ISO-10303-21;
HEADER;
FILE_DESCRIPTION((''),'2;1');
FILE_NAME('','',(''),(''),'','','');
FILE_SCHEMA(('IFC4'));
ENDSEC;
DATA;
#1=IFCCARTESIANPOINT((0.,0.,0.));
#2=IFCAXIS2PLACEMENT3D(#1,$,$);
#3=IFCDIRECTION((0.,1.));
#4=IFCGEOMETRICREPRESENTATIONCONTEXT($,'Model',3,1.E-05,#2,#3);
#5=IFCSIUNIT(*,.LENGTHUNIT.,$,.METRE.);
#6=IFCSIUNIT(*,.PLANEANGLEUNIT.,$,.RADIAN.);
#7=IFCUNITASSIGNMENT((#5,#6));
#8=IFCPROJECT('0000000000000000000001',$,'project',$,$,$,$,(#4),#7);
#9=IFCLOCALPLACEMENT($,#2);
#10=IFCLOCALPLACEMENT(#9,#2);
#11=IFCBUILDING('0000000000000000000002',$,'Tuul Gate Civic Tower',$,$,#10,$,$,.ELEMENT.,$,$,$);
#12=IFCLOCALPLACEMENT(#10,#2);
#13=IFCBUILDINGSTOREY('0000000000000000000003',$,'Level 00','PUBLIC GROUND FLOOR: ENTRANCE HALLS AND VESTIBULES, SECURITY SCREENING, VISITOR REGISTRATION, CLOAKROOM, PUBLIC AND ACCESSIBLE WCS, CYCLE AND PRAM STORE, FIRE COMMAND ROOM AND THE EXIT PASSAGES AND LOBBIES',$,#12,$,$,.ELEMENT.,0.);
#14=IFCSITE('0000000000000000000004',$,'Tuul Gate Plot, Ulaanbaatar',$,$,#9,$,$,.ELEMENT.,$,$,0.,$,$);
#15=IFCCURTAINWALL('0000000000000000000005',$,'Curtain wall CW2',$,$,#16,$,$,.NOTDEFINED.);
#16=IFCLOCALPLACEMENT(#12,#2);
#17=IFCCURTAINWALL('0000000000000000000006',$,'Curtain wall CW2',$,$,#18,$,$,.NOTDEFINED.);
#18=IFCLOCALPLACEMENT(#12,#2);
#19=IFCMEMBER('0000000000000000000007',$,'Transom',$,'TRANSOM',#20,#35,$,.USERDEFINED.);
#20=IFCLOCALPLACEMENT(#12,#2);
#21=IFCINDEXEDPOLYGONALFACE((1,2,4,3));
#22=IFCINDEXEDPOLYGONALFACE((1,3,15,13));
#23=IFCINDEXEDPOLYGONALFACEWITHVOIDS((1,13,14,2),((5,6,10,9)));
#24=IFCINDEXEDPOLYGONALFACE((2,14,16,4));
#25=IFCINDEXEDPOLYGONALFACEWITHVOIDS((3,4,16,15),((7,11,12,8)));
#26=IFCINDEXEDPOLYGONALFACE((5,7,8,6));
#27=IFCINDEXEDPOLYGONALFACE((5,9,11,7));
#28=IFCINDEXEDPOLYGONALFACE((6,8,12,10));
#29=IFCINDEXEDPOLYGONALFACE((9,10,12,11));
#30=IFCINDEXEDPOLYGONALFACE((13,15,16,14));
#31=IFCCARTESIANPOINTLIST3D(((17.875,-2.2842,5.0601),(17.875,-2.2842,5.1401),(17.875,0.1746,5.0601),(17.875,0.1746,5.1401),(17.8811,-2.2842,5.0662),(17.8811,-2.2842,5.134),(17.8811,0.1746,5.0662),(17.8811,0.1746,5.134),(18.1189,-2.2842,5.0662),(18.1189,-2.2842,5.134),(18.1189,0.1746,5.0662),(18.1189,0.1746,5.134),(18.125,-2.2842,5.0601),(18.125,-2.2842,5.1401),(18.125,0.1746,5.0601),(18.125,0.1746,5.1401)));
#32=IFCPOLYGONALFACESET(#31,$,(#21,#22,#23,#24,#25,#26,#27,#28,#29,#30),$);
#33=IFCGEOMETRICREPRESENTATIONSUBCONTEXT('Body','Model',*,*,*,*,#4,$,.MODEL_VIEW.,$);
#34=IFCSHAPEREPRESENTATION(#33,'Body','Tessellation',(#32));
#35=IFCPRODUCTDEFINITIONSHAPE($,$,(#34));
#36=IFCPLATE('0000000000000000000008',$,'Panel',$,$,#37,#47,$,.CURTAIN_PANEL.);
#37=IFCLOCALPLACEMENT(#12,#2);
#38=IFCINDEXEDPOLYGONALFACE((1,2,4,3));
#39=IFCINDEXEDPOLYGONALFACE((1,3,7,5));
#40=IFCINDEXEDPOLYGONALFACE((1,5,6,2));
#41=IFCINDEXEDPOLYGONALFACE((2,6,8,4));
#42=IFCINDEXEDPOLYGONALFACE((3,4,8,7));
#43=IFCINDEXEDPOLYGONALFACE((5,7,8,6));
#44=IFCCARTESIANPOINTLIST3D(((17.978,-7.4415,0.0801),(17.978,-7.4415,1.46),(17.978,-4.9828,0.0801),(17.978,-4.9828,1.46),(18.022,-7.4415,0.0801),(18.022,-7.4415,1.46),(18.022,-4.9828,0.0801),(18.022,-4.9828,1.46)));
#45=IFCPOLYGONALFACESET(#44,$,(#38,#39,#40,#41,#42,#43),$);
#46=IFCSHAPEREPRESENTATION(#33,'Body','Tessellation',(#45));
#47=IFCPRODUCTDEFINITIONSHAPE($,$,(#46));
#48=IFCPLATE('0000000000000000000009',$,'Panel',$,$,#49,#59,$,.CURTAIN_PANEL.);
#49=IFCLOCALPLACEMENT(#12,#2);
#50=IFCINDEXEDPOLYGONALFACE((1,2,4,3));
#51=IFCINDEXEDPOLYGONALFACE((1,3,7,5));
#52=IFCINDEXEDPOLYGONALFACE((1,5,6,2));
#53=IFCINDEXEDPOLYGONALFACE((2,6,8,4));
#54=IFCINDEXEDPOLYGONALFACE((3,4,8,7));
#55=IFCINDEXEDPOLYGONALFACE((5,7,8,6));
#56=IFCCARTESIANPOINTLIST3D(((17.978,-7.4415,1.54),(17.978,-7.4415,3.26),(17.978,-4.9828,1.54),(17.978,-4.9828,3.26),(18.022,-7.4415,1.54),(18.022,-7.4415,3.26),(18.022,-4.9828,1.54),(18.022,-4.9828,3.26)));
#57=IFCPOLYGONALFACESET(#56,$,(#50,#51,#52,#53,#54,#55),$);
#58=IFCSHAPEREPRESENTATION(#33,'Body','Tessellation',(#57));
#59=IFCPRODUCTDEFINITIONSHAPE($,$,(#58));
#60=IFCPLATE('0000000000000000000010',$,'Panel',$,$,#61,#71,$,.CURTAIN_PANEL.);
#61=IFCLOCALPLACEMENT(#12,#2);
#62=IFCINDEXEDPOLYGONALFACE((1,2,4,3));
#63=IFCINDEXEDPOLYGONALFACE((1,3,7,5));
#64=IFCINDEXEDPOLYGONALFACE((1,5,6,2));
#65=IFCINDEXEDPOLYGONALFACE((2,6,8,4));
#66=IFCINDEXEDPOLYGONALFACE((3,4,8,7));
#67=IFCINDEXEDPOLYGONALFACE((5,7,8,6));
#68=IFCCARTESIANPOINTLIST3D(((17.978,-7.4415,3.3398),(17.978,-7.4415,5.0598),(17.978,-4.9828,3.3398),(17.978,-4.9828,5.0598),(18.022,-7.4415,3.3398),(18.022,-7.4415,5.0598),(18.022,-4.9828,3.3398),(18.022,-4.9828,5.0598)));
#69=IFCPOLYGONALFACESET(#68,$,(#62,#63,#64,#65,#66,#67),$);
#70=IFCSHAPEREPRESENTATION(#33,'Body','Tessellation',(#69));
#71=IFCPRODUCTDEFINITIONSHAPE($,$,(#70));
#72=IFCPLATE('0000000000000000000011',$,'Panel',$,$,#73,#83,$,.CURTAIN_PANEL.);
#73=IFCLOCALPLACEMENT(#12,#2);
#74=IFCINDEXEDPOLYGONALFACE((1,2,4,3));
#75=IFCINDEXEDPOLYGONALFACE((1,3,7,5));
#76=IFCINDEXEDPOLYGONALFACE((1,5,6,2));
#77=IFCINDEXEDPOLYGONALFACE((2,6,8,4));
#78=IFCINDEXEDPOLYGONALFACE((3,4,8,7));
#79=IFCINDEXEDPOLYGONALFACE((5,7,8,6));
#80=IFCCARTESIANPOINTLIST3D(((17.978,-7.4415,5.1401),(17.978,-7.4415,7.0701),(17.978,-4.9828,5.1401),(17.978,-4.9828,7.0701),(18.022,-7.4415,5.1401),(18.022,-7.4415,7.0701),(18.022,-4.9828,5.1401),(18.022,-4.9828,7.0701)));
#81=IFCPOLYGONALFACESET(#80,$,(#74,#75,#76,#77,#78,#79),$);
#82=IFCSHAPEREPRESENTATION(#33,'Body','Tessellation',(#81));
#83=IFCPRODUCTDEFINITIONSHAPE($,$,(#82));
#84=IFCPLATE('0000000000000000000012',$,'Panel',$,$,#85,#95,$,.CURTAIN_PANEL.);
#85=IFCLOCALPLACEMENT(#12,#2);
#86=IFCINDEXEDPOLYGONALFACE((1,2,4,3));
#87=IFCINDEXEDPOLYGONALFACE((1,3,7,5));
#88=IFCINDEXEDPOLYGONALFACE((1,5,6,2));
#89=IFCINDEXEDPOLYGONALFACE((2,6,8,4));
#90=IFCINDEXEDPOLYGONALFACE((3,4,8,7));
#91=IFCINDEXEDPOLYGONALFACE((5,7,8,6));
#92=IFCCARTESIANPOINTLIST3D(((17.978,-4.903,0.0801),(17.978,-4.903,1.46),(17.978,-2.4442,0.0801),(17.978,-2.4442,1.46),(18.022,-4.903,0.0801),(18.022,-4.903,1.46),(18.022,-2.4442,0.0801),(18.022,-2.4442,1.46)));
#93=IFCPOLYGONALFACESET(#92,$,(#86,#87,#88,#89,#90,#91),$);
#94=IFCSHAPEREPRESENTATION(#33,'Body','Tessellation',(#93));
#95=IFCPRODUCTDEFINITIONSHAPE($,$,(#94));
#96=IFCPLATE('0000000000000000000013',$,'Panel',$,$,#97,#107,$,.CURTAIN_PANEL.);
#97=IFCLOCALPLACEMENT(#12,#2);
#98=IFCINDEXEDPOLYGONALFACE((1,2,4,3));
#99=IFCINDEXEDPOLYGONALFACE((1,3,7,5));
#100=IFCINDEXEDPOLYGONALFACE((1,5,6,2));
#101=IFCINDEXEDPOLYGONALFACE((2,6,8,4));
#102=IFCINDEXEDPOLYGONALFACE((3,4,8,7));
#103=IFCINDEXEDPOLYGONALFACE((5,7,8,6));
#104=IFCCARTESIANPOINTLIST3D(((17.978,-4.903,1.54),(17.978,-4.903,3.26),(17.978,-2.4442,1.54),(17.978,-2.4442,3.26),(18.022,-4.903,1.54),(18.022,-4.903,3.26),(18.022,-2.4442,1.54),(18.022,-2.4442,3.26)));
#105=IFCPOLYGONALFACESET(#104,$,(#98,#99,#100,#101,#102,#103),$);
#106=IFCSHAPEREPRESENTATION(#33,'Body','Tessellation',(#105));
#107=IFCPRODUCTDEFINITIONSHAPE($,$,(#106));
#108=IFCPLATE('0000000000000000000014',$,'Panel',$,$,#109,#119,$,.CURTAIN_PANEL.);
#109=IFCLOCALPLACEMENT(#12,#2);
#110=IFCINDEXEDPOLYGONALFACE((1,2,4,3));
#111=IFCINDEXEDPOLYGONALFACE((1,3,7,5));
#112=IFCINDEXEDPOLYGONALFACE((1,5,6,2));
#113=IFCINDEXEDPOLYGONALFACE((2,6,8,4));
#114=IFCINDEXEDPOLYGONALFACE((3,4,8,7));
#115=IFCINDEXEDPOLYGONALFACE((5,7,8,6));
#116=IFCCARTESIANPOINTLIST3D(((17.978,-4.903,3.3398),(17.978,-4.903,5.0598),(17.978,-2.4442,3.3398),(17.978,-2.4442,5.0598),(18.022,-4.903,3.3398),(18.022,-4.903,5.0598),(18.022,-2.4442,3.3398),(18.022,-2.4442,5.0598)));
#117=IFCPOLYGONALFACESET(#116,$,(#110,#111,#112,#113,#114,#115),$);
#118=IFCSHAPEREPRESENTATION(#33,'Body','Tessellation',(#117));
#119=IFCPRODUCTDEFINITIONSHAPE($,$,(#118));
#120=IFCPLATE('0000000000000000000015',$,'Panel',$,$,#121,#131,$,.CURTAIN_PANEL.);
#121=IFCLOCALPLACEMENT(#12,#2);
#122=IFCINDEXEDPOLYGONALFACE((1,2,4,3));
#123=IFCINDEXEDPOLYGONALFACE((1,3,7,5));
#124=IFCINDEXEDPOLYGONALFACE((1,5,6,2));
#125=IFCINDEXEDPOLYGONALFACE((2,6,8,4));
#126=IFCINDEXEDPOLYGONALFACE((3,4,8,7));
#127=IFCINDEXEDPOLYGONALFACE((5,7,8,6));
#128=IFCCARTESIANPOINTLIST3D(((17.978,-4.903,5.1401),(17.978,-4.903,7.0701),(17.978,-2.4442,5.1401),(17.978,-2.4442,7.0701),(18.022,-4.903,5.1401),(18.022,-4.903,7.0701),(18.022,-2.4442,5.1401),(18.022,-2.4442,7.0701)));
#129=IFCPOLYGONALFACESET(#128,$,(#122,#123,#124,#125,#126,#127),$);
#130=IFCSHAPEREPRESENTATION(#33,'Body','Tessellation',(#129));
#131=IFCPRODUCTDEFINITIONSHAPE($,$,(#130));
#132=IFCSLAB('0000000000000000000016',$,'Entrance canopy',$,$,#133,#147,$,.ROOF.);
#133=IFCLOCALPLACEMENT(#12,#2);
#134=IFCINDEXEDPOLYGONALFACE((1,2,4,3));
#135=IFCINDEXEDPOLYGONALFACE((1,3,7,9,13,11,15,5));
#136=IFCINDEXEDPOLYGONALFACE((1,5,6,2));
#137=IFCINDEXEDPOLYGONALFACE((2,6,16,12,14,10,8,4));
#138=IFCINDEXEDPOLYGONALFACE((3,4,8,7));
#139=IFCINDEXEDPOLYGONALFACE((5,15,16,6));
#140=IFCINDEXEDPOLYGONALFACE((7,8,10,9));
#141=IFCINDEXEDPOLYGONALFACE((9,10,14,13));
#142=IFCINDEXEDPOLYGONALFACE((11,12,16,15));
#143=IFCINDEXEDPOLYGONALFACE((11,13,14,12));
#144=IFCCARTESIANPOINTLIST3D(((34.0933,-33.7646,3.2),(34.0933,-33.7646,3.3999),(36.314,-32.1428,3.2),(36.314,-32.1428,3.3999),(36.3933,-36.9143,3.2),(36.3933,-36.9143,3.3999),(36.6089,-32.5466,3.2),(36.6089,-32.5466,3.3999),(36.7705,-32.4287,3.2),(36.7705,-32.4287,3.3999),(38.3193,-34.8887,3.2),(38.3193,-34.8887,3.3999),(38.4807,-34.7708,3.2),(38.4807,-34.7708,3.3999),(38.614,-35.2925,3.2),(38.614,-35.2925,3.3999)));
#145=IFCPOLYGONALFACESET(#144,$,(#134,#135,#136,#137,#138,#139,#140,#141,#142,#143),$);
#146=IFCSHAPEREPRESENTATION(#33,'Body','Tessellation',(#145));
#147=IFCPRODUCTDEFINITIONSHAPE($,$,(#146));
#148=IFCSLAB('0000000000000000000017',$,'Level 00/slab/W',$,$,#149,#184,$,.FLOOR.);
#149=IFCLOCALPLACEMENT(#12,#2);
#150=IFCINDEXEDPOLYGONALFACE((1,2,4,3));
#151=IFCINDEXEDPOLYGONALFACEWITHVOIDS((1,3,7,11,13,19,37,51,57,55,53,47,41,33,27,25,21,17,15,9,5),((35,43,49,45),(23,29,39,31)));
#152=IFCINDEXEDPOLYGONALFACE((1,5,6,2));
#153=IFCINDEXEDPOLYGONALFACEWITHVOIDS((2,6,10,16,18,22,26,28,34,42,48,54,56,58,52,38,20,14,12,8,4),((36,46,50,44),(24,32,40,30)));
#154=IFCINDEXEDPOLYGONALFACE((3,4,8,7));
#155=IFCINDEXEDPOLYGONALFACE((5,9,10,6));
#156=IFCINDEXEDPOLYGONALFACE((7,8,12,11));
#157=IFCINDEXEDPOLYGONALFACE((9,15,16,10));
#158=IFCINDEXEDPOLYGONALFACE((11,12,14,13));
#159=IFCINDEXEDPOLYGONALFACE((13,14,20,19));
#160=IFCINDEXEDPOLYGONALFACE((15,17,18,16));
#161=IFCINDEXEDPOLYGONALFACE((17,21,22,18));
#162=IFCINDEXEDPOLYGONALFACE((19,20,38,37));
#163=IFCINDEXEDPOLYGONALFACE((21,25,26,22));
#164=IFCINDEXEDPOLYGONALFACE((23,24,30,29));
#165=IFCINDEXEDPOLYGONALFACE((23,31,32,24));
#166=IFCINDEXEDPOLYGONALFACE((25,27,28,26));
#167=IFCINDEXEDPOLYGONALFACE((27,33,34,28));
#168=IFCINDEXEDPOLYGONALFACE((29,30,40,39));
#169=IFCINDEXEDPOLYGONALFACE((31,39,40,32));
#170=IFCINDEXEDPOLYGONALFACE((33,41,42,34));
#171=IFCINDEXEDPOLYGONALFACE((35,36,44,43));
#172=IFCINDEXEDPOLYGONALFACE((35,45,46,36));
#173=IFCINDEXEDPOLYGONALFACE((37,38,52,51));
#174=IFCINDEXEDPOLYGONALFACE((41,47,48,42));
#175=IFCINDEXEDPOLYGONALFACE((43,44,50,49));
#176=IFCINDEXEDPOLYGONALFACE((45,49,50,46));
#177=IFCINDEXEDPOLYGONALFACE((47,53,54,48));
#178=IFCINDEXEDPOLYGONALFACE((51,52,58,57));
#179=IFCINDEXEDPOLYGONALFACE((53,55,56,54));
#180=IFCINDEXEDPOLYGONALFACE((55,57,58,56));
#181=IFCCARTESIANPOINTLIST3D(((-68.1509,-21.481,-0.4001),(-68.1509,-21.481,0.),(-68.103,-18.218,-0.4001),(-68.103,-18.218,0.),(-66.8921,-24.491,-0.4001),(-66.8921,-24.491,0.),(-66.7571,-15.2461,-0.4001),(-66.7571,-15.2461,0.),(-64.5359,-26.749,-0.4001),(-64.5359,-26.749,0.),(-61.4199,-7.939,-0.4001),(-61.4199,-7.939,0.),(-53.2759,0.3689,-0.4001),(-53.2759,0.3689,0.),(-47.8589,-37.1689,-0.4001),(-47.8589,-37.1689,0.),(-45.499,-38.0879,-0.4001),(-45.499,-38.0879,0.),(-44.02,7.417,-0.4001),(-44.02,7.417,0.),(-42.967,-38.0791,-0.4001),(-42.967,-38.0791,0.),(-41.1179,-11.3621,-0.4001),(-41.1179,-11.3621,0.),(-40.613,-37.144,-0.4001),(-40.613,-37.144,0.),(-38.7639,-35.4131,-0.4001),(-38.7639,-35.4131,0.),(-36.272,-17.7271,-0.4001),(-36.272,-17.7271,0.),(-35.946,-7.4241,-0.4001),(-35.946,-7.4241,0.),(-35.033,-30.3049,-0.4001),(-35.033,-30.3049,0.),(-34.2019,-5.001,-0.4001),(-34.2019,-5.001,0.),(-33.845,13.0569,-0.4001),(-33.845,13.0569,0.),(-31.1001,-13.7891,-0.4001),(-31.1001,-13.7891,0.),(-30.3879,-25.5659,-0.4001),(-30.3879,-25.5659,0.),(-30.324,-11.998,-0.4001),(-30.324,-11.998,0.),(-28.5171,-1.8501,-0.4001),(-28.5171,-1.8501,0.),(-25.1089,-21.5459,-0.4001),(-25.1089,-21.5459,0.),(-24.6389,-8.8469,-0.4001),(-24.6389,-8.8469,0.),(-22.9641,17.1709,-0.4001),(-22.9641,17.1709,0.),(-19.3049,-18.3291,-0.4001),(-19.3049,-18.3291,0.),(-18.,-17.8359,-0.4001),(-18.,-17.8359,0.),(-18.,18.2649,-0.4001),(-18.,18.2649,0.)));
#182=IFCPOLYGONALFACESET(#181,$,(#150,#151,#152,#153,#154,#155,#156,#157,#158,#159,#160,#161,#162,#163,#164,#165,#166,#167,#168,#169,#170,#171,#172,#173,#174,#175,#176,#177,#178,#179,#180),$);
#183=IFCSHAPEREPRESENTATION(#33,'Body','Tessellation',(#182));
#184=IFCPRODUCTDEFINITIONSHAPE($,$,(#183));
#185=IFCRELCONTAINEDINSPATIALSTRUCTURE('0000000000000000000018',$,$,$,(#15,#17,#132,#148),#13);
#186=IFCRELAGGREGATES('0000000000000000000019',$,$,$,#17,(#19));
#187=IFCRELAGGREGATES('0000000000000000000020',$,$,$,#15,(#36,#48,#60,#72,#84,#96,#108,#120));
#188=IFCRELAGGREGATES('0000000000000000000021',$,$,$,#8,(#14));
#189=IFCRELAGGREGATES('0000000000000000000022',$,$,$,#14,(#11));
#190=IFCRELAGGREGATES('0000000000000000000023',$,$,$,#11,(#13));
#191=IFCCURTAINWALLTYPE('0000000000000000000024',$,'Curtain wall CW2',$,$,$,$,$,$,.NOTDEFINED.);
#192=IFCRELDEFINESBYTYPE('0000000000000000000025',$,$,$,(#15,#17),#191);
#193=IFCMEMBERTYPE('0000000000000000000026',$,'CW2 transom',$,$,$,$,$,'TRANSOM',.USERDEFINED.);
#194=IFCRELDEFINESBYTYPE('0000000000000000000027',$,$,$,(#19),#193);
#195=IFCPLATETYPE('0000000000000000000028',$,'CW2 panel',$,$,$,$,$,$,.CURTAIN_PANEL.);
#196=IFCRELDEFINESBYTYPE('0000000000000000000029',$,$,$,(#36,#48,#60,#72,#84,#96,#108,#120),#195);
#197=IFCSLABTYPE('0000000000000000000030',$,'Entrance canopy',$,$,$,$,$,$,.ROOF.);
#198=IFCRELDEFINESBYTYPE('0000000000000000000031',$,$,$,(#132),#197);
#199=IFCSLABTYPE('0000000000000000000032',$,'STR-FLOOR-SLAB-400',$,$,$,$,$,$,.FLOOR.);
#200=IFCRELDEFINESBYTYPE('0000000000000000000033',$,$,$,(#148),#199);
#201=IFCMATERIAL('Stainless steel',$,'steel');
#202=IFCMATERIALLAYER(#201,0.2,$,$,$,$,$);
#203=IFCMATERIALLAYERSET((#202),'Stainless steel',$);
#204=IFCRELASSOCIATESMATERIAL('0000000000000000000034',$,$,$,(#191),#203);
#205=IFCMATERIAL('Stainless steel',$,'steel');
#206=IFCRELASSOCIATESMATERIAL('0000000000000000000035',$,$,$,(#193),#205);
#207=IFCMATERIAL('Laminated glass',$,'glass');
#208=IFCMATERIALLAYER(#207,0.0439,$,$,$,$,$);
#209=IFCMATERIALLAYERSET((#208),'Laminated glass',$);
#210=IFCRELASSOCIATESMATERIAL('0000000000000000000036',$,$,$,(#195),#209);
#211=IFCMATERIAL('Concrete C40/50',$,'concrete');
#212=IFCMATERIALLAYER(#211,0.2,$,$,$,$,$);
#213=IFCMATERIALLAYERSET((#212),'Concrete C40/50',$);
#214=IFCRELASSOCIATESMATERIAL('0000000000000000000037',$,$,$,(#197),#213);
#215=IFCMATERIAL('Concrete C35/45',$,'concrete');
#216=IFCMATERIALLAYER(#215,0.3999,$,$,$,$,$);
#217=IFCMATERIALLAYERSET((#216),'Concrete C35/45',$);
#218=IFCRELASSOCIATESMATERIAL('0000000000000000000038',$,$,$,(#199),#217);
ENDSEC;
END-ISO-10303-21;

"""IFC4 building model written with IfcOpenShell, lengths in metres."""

from ifc_helpers import new_model, si_unit, direction, frame, origin, origin_2d, place, context, subcontext, project, spatial, polyline, rectangle, hollow_rectangle, outline, extrude, material, layer, layer_set, material_profile, profile_set, type_object, element, aggregate, save


model = new_model("IFC4")

# Units and contexts
model_context = context("Model", 3, precision=1e-05, world=origin(), true_north=direction((0.0, 1.0)))
body_context = subcontext(model_context, "Body", "Model", "MODEL_VIEW")
ifc_project = project(units=[si_unit("LENGTHUNIT", "METRE"), si_unit("PLANEANGLEUNIT", "RADIAN")], contexts=[model_context])

# Site, building, storey
site_placement = place(None, origin())
site = spatial("IfcSite", under=ifc_project, at=site_placement, Name="Tuul Gate Plot, Ulaanbaatar", CompositionType="ELEMENT", RefElevation=0.0)
building_placement = place(site_placement, origin())
building = spatial("IfcBuilding", under=site, at=building_placement, Name="Tuul Gate Civic Tower", CompositionType="ELEMENT")
storey_placement = place(building_placement, origin())
storey = spatial("IfcBuildingStorey", under=building, at=storey_placement, Name="Level 00", Description="PUBLIC GROUND FLOOR: ENTRANCE HALLS AND VESTIBULES, SECURITY SCREENING, VISITOR REGISTRATION, CLOAKROOM, PUBLIC AND ACCESSIBLE WCS, CYCLE AND PRAM STORE, FIRE COMMAND ROOM AND THE EXIT PASSAGES AND LOBBIES", CompositionType="ELEMENT", Elevation=0.0)

# Curtain wall
ifc_material_1 = material(Name="Stainless steel", Category="steel")
ifc_layer_1 = layer(ifc_material_1, 0.2)
ifc_layer_set_1 = layer_set([ifc_layer_1], Name="Stainless steel")
curtain_wall_type = type_object("IfcCurtainWallType", Name="Curtain wall CW2", PredefinedType="NOTDEFINED", material=ifc_layer_set_1)
curtain_wall_1_placement = place(storey_placement, origin())
curtain_wall_1 = element("IfcCurtainWall", 1, at=curtain_wall_1_placement, inside=storey, type_object=curtain_wall_type, Name="Curtain wall CW2", PredefinedType="NOTDEFINED")

# Curtain wall
curtain_wall_2_placement = place(storey_placement, origin())
curtain_wall_2 = element("IfcCurtainWall", 2, at=curtain_wall_2_placement, inside=storey, type_object=curtain_wall_type, Name="Curtain wall CW2", PredefinedType="NOTDEFINED")

# Member
ifc_material_2 = material(Name="Stainless steel", Category="steel")
ifc_material_profile_1 = material_profile(ifc_material_2, hollow_rectangle(XDim=0.25, YDim=0.0801, WallThickness=0.0061, at=origin_2d()), Name="CW2 transom")
ifc_profile_set_1 = profile_set([ifc_material_profile_1], Name="Stainless steel")
member_type_1 = type_object("IfcMemberType", Name="CW2 transom", ElementType="TRANSOM", PredefinedType="USERDEFINED", material=ifc_profile_set_1)
member_1_placement = place(storey_placement, frame((18.0, -2.2842, 5.1001), z_axis=(0.0, 1.0, 0.0), x_axis=(-1.0, 0.0, 0.0)))
member_1 = element("IfcMember", 3, at=member_1_placement, type_object=member_type_1, Name="Transom", ObjectType="TRANSOM", PredefinedType="USERDEFINED", context=body_context, shape_type="SweptSolid", body=[
    extrude(hollow_rectangle(XDim=0.25, YDim=0.0801, WallThickness=0.0061, at=origin_2d()), origin(), (0.0, 0.0, 1.0), 2.4587),
])
aggregate(curtain_wall_2, [member_1])

# Plates
ifc_material_3 = material(Name="Laminated glass", Category="glass")
ifc_layer_2 = layer(ifc_material_3, 0.0439)
ifc_layer_set_2 = layer_set([ifc_layer_2], Name="Laminated glass")
plate_type = type_object("IfcPlateType", Name="CW2 panel", PredefinedType="CURTAIN_PANEL", material=ifc_layer_set_2)
plate_1_placement = place(storey_placement, frame((18.0, -6.2122, 0.0801), z_axis=(0.0, 0.0, 1.0), x_axis=(0.0, 1.0, 0.0)))
plate_1 = element("IfcPlate", 4, at=plate_1_placement, type_object=plate_type, Name="Panel", PredefinedType="CURTAIN_PANEL", context=body_context, shape_type="SweptSolid", body=[
    extrude(rectangle(XDim=2.4587, YDim=0.0439, at=origin_2d()), origin(), (0.0, 0.0, 1.0), 1.3799),
])
plate_2_placement = place(storey_placement, frame((18.0, -6.2122, 1.54), z_axis=(0.0, 0.0, 1.0), x_axis=(0.0, 1.0, 0.0)))
plate_2 = element("IfcPlate", 5, at=plate_2_placement, type_object=plate_type, Name="Panel", PredefinedType="CURTAIN_PANEL", context=body_context, shape_type="SweptSolid", body=[
    extrude(rectangle(XDim=2.4587, YDim=0.0439, at=origin_2d()), origin(), (0.0, 0.0, 1.0), 1.72),
])
plate_3_placement = place(storey_placement, frame((18.0, -6.2122, 3.3398), z_axis=(0.0, 0.0, 1.0), x_axis=(0.0, 1.0, 0.0)))
plate_3 = element("IfcPlate", 6, at=plate_3_placement, type_object=plate_type, Name="Panel", PredefinedType="CURTAIN_PANEL", context=body_context, shape_type="SweptSolid", body=[
    extrude(rectangle(XDim=2.4587, YDim=0.0439, at=origin_2d()), origin(), (0.0, 0.0, 1.0), 1.72),
])
plate_4_placement = place(storey_placement, frame((18.0, -6.2122, 5.1401), z_axis=(0.0, 0.0, 1.0), x_axis=(0.0, 1.0, 0.0)))
plate_4 = element("IfcPlate", 7, at=plate_4_placement, type_object=plate_type, Name="Panel", PredefinedType="CURTAIN_PANEL", context=body_context, shape_type="SweptSolid", body=[
    extrude(rectangle(XDim=2.4587, YDim=0.0439, at=origin_2d()), origin(), (0.0, 0.0, 1.0), 1.9299),
])
plate_5_placement = place(storey_placement, frame((18.0, -3.6736, 0.0801), z_axis=(0.0, 0.0, 1.0), x_axis=(0.0, 1.0, 0.0)))
plate_5 = element("IfcPlate", 8, at=plate_5_placement, type_object=plate_type, Name="Panel", PredefinedType="CURTAIN_PANEL", context=body_context, shape_type="SweptSolid", body=[
    extrude(rectangle(XDim=2.4587, YDim=0.0439, at=origin_2d()), origin(), (0.0, 0.0, 1.0), 1.3799),
])
plate_6_placement = place(storey_placement, frame((18.0, -3.6736, 1.54), z_axis=(0.0, 0.0, 1.0), x_axis=(0.0, 1.0, 0.0)))
plate_6 = element("IfcPlate", 9, at=plate_6_placement, type_object=plate_type, Name="Panel", PredefinedType="CURTAIN_PANEL", context=body_context, shape_type="SweptSolid", body=[
    extrude(rectangle(XDim=2.4587, YDim=0.0439, at=origin_2d()), origin(), (0.0, 0.0, 1.0), 1.72),
])
plate_7_placement = place(storey_placement, frame((18.0, -3.6736, 3.3398), z_axis=(0.0, 0.0, 1.0), x_axis=(0.0, 1.0, 0.0)))
plate_7 = element("IfcPlate", 10, at=plate_7_placement, type_object=plate_type, Name="Panel", PredefinedType="CURTAIN_PANEL", context=body_context, shape_type="SweptSolid", body=[
    extrude(rectangle(XDim=2.4587, YDim=0.0439, at=origin_2d()), origin(), (0.0, 0.0, 1.0), 1.72),
])
plate_8_placement = place(storey_placement, frame((18.0, -3.6736, 5.1401), z_axis=(0.0, 0.0, 1.0), x_axis=(0.0, 1.0, 0.0)))
plate_8 = element("IfcPlate", 11, at=plate_8_placement, type_object=plate_type, Name="Panel", PredefinedType="CURTAIN_PANEL", context=body_context, shape_type="SweptSolid", body=[
    extrude(rectangle(XDim=2.4587, YDim=0.0439, at=origin_2d()), origin(), (0.0, 0.0, 1.0), 1.9299),
])
aggregate(curtain_wall_1, [plate_1, plate_2, plate_3, plate_4, plate_5, plate_6, plate_7, plate_8])

# Slabs
ifc_material_4 = material(Name="Concrete C40/50", Category="concrete")
ifc_layer_3 = layer(ifc_material_4, 0.2)
ifc_layer_set_3 = layer_set([ifc_layer_3], Name="Concrete C40/50")
slab_type_1 = type_object("IfcSlabType", Name="Entrance canopy", PredefinedType="ROOF", material=ifc_layer_set_3)
slab_1_placement = place(storey_placement, frame((0.0, 0.0, 3.2)))
element("IfcSlab", 12, at=slab_1_placement, inside=storey, type_object=slab_type_1, Name="Entrance canopy", PredefinedType="ROOF", context=body_context, shape_type="SweptSolid", body=[
    extrude(outline(polyline([(36.7705, -32.4287), (36.6089, -32.5466), (36.314, -32.1428), (34.0933, -33.7646), (36.3933, -36.9143), (38.614, -35.2925), (38.3193, -34.8887), (38.4807, -34.7708), (36.7705, -32.4287)])), origin(), (0.0, 0.0, 1.0), 0.2),
])
ifc_material_5 = material(Name="Concrete C35/45", Category="concrete")
ifc_layer_4 = layer(ifc_material_5, 0.3999)
ifc_layer_set_4 = layer_set([ifc_layer_4], Name="Concrete C35/45")
slab_type_2 = type_object("IfcSlabType", Name="STR-FLOOR-SLAB-400", PredefinedType="FLOOR", material=ifc_layer_set_4)
slab_2_placement = place(storey_placement, frame((0.0, 0.0, -0.4001)))
element("IfcSlab", 13, at=slab_2_placement, inside=storey, type_object=slab_type_2, Name="Level 00/slab/W", PredefinedType="FLOOR", context=body_context, shape_type="SweptSolid", body=[
    extrude(outline(polyline([(-25.1089, -21.5459), (-19.3049, -18.3291), (-18.0, -17.8359), (-18.0, 18.2649), (-22.9641, 17.1709), (-33.845, 13.0569), (-44.02, 7.417), (-53.2759, 0.3689), (-61.4199, -7.939), (-66.7571, -15.2461), (-68.103, -18.218), (-68.1509, -21.481), (-66.8921, -24.491), (-64.5359, -26.749), (-47.8589, -37.1689), (-45.499, -38.0879), (-42.967, -38.0791), (-40.613, -37.144), (-38.7639, -35.4131), (-35.033, -30.3049), (-30.3879, -25.5659), (-25.1089, -21.5459)]), holes=[polyline([(-31.1001, -13.7891), (-36.272, -17.7271), (-41.1179, -11.3621), (-35.946, -7.4241), (-31.1001, -13.7891)]), polyline([(-30.324, -11.998), (-34.2019, -5.001), (-28.5171, -1.8501), (-24.6389, -8.8469), (-30.324, -11.998)])]), origin(), (0.0, 0.0, 1.0), 0.4001),
])

save(model, "model.ifc")
